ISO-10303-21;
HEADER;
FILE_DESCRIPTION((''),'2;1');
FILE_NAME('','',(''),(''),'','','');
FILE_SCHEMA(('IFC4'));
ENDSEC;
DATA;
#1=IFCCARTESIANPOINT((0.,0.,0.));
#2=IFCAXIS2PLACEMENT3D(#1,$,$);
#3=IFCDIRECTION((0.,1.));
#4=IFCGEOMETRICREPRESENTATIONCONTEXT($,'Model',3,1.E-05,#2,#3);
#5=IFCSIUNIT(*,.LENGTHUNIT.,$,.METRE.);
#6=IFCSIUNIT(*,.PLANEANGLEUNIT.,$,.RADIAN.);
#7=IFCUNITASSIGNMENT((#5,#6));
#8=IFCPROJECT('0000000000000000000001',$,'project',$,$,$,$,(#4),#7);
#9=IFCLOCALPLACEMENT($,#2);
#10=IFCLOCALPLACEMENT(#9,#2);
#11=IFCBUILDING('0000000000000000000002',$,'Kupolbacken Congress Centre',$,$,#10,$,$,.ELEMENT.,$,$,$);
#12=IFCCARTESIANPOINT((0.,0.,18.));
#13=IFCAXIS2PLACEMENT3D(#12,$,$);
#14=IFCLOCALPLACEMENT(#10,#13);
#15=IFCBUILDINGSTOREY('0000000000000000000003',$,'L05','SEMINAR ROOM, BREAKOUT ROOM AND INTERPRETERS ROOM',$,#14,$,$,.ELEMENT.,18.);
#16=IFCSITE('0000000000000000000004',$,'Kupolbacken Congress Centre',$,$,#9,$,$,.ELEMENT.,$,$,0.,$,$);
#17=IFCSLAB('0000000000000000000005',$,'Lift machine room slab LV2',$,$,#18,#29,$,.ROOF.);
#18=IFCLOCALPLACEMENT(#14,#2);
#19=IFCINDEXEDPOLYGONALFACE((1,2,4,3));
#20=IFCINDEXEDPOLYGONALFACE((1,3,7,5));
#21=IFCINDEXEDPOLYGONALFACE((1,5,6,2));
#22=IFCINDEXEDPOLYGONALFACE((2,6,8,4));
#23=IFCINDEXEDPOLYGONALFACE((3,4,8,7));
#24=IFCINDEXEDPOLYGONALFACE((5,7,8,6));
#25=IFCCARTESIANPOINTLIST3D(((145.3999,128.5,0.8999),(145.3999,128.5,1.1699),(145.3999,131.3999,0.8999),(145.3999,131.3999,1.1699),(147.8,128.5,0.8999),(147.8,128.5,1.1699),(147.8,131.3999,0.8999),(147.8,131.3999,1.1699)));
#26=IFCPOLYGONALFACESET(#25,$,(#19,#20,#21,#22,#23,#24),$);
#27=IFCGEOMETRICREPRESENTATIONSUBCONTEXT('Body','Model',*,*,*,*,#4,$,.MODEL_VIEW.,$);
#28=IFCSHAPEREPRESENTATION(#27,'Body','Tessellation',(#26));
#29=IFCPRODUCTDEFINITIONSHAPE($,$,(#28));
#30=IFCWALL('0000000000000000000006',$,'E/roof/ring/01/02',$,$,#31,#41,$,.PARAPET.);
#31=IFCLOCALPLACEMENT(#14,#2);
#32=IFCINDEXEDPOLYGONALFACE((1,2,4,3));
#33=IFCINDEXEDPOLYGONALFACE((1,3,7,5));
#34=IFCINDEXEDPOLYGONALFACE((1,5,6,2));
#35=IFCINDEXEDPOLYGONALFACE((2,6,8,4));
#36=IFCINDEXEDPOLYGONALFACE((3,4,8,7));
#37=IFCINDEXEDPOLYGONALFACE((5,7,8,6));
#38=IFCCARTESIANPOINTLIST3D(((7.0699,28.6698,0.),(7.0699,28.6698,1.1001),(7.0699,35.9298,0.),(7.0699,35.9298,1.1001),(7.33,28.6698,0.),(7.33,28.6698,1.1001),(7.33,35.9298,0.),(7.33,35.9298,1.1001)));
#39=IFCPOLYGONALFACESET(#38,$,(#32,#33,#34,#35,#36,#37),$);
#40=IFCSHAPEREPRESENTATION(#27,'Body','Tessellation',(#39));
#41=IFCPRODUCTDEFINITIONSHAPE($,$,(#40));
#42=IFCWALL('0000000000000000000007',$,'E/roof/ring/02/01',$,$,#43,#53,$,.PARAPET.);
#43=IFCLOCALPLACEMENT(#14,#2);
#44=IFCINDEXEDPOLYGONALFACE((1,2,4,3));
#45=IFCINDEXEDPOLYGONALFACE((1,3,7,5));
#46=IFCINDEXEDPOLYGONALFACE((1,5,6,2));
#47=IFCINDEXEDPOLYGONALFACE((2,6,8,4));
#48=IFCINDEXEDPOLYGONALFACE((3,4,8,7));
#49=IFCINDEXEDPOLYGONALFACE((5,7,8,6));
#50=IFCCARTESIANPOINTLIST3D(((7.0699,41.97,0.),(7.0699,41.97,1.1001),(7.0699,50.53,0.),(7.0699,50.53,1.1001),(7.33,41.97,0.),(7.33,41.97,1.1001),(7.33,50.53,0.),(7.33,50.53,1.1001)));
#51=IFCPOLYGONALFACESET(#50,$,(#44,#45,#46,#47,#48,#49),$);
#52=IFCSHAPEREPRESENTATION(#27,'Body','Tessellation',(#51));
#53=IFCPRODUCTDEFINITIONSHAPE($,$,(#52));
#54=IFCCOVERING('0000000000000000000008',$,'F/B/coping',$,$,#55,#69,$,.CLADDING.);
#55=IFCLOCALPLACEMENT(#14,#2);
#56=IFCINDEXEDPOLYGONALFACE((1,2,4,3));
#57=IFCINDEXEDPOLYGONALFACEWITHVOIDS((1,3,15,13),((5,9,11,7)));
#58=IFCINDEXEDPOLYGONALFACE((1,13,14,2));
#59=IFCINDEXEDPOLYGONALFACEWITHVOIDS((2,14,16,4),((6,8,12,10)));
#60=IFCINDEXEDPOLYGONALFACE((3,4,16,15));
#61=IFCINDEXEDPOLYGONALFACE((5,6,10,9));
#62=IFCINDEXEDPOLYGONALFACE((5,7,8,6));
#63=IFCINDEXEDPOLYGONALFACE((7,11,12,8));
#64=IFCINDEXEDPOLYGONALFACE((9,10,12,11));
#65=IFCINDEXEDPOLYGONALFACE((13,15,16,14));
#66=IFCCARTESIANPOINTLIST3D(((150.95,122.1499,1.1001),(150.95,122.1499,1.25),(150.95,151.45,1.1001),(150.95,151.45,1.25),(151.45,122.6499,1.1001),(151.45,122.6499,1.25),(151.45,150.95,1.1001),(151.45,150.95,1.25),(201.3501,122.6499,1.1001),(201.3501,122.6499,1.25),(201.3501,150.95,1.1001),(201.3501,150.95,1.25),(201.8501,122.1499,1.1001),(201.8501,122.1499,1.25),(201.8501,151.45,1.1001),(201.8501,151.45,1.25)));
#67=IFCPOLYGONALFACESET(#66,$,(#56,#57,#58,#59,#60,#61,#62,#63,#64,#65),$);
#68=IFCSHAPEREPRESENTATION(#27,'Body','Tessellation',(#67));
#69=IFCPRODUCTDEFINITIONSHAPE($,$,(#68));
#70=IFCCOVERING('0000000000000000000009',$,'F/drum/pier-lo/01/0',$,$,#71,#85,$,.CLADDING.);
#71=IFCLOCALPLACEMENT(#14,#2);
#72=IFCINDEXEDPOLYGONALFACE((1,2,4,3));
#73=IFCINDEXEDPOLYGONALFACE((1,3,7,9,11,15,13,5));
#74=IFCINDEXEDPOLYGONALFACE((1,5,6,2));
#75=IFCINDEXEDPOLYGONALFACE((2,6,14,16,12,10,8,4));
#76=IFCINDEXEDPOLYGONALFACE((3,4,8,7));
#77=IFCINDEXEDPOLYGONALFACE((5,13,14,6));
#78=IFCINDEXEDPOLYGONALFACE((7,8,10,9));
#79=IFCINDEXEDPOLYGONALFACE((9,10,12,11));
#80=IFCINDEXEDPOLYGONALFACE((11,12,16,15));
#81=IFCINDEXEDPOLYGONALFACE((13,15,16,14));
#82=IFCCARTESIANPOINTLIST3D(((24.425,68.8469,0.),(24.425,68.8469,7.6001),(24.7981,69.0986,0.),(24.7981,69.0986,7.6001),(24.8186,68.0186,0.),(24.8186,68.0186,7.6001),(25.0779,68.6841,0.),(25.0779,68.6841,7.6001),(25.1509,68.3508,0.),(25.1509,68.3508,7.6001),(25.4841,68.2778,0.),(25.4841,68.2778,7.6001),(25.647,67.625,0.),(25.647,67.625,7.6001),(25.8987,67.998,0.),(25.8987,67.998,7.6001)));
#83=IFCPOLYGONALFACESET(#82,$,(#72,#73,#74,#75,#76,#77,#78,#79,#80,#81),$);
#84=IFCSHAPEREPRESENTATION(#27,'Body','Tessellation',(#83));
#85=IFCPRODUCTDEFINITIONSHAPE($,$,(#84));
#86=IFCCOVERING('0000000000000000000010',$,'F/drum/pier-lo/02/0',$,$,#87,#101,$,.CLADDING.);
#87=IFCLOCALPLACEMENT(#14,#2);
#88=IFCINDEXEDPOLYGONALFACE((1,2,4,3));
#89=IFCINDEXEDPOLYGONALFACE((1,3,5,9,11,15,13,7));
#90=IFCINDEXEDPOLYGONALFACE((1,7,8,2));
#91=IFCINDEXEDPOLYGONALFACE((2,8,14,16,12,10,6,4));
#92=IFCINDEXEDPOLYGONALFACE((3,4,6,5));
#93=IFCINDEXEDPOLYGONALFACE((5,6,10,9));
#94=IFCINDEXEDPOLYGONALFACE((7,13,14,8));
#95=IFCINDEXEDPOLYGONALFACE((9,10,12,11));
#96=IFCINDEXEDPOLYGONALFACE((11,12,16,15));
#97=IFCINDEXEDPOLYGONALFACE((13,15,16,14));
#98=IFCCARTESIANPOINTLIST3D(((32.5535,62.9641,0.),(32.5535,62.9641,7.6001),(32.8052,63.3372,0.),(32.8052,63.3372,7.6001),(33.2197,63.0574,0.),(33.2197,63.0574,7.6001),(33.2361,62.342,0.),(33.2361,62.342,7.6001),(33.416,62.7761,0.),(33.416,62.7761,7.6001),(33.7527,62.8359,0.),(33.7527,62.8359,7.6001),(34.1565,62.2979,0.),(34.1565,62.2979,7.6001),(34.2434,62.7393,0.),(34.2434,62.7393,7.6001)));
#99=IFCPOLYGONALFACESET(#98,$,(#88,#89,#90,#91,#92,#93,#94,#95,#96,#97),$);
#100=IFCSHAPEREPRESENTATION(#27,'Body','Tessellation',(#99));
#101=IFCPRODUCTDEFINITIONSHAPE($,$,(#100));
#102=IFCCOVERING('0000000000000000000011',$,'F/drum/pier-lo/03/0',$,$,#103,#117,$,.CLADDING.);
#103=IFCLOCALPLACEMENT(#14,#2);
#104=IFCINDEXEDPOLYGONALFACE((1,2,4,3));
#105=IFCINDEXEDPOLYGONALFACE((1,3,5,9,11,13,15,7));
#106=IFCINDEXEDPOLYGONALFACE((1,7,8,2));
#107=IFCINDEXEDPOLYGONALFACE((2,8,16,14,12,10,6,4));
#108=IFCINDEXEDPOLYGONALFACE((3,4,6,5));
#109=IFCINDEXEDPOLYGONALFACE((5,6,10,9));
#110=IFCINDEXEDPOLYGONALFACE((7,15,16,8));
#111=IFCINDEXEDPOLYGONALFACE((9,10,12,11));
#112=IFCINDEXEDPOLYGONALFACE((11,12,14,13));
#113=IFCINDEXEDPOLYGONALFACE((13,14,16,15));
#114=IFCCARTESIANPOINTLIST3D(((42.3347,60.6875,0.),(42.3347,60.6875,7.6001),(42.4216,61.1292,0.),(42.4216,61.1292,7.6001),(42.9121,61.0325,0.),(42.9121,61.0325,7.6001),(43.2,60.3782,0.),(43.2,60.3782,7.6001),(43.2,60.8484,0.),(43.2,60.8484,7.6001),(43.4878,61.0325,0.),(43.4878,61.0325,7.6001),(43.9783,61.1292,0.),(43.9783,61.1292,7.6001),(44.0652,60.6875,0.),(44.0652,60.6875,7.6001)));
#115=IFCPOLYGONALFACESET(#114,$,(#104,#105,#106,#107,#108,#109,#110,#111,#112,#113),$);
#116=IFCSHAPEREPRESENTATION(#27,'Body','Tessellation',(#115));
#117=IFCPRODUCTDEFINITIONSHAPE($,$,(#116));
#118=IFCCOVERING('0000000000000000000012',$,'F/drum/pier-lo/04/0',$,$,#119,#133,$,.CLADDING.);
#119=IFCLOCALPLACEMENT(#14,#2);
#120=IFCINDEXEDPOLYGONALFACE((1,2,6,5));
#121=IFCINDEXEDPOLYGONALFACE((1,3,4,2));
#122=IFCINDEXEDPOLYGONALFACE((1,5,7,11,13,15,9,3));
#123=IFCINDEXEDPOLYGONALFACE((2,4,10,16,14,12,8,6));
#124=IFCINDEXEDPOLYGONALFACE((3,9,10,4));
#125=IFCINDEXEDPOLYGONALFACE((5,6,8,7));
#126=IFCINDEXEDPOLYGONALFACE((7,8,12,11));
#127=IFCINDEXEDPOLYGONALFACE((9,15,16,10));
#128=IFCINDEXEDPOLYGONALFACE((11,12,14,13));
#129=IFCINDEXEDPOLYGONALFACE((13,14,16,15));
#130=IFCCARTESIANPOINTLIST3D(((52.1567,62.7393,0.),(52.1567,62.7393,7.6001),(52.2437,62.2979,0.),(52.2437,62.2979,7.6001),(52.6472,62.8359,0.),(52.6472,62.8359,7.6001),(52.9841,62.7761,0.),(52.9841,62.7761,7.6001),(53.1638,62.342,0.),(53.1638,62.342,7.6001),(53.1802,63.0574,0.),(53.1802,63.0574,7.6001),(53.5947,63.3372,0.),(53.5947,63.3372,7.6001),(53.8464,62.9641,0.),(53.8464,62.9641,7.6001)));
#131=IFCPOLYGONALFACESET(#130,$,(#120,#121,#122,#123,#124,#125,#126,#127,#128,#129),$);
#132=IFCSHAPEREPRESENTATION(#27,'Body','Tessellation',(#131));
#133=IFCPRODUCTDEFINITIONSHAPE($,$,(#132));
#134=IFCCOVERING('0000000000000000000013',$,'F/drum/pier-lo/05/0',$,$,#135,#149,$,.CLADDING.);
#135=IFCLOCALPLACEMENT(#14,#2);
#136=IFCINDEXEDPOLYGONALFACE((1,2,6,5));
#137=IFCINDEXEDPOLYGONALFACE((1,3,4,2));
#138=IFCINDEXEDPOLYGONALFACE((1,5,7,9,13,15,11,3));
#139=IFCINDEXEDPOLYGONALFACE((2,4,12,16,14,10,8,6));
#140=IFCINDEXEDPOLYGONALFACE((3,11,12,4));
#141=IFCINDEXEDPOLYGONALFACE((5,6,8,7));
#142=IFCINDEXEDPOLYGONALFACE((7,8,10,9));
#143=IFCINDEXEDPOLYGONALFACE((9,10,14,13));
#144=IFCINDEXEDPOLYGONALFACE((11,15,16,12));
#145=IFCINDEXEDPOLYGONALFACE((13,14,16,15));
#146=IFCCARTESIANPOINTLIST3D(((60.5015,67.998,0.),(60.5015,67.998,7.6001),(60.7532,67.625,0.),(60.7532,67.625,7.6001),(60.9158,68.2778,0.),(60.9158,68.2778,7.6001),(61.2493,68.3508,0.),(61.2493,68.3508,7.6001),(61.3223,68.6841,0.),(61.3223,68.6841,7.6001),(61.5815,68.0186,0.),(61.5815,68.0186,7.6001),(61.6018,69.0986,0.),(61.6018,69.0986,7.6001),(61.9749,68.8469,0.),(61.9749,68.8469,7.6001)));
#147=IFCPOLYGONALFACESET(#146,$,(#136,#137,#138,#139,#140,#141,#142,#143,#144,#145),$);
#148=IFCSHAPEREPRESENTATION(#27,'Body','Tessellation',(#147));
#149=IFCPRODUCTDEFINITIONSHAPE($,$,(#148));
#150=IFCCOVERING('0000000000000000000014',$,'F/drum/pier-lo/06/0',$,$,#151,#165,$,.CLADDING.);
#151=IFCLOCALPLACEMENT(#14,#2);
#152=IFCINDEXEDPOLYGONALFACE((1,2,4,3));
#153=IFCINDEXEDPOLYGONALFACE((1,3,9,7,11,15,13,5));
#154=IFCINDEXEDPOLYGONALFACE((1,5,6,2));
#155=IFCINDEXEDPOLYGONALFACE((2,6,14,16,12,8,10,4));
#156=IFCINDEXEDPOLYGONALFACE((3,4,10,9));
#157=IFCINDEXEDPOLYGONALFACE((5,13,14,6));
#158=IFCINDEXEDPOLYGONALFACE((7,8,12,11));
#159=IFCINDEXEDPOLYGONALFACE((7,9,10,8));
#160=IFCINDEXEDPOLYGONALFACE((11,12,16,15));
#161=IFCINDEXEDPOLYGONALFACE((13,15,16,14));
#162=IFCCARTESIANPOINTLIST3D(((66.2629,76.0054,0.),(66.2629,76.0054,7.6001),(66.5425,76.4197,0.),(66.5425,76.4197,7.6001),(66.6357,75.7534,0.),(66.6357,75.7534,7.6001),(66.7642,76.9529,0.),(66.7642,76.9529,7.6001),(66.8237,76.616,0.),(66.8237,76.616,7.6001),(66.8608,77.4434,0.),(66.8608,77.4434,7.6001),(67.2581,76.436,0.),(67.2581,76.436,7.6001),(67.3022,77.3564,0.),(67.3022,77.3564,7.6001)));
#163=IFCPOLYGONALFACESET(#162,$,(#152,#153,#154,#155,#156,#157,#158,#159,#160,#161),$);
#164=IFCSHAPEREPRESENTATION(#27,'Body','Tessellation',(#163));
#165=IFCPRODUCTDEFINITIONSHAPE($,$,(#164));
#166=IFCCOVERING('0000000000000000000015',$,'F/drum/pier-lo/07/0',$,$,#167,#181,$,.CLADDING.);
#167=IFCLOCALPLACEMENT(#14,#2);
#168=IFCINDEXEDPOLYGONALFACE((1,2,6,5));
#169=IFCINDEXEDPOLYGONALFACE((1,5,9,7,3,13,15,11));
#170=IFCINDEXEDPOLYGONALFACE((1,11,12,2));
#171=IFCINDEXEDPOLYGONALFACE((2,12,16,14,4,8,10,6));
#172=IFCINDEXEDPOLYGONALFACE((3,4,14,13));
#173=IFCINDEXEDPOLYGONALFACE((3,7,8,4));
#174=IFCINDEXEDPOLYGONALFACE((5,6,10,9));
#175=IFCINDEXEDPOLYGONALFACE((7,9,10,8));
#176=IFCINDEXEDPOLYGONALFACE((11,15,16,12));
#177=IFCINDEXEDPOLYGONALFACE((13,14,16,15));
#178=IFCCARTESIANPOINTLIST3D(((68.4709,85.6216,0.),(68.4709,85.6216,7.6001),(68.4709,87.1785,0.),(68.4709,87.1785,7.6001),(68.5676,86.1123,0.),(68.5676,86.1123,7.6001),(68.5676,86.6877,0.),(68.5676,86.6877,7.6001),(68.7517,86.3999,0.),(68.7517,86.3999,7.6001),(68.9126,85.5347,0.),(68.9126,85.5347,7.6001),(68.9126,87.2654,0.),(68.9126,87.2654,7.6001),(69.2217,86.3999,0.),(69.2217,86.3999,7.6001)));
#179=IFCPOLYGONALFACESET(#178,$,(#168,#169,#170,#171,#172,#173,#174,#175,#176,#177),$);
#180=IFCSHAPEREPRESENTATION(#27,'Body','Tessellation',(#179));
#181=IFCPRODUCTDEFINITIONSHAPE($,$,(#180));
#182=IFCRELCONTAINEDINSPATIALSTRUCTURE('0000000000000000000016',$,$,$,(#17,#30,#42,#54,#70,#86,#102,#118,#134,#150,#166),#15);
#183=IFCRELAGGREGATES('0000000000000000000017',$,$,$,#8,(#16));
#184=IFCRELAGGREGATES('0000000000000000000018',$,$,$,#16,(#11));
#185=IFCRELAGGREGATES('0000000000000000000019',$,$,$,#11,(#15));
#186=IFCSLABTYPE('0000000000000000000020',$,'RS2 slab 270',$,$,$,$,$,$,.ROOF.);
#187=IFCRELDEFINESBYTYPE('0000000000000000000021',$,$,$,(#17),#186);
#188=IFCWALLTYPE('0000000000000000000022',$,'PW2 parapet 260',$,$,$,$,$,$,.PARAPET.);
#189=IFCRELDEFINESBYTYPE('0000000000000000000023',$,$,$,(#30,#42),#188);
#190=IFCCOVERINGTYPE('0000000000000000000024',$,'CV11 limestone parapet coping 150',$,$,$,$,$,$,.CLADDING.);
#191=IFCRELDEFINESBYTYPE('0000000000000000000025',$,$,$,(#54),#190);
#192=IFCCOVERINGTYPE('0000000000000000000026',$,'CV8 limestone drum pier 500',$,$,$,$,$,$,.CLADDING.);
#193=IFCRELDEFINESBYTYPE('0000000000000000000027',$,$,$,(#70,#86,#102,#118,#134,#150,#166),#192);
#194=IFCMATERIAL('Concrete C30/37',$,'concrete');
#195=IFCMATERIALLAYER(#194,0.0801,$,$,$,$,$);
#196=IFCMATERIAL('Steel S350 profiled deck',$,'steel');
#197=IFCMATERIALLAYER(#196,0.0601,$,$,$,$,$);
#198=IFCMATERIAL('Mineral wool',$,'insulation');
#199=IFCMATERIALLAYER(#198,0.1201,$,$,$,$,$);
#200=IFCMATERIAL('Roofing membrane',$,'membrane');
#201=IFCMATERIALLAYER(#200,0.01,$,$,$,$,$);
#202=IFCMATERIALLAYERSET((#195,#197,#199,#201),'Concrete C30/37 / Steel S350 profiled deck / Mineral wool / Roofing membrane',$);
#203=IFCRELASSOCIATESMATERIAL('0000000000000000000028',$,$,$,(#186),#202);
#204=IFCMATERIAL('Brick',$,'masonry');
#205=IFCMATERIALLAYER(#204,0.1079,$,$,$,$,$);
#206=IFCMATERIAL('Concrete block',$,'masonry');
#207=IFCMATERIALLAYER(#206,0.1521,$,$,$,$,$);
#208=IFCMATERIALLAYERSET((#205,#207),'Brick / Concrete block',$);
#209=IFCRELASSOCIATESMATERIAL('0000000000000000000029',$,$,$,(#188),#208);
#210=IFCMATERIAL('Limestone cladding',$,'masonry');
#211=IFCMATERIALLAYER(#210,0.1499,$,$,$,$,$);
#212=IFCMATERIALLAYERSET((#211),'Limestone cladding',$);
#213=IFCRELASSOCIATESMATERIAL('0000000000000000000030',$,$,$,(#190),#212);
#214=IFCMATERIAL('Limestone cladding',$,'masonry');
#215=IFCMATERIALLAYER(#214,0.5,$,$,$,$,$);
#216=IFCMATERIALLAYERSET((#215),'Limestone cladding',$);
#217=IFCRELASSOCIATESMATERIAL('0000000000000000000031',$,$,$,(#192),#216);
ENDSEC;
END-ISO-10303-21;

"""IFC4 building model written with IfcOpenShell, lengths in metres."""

from ifc_helpers import new_model, si_unit, direction, frame, frame_2d, origin, place, context, subcontext, project, spatial, polyline, rectangle, outline, extrude, material, layer, layer_set, type_object, element, save


model = new_model("IFC4")

# Units and contexts
model_context = context("Model", 3, precision=1e-05, world=origin(), true_north=direction((0.0, 1.0)))
body_context = subcontext(model_context, "Body", "Model", "MODEL_VIEW")
ifc_project = project(units=[si_unit("LENGTHUNIT", "METRE"), si_unit("PLANEANGLEUNIT", "RADIAN")], contexts=[model_context])

# Site, building, storey
site_placement = place(None, origin())
site = spatial("IfcSite", under=ifc_project, at=site_placement, Name="Kupolbacken Congress Centre", CompositionType="ELEMENT", RefElevation=0.0)
building_placement = place(site_placement, origin())
building = spatial("IfcBuilding", under=site, at=building_placement, Name="Kupolbacken Congress Centre", CompositionType="ELEMENT")
storey_placement = place(building_placement, frame((0.0, 0.0, 18.0)))
storey = spatial("IfcBuildingStorey", under=building, at=storey_placement, Name="L05", Description="SEMINAR ROOM, BREAKOUT ROOM AND INTERPRETERS ROOM", CompositionType="ELEMENT", Elevation=18.0)

# Slab
ifc_material_1 = material(Name="Concrete C30/37", Category="concrete")
ifc_layer_1 = layer(ifc_material_1, 0.0801)
ifc_material_2 = material(Name="Steel S350 profiled deck", Category="steel")
ifc_layer_2 = layer(ifc_material_2, 0.0601)
ifc_material_3 = material(Name="Mineral wool", Category="insulation")
ifc_layer_3 = layer(ifc_material_3, 0.1201)
ifc_material_4 = material(Name="Roofing membrane", Category="membrane")
ifc_layer_4 = layer(ifc_material_4, 0.01)
ifc_layer_set_1 = layer_set([ifc_layer_1, ifc_layer_2, ifc_layer_3, ifc_layer_4], Name="Concrete C30/37 / Steel S350 profiled deck / Mineral wool / Roofing membrane")
slab_type = type_object("IfcSlabType", Name="RS2 slab 270", PredefinedType="ROOF", material=ifc_layer_set_1)
slab_placement = place(storey_placement, frame((0.0, 0.0, 0.8999)))
element("IfcSlab", 1, at=slab_placement, inside=storey, type_object=slab_type, Name="Lift machine room slab LV2", PredefinedType="ROOF", context=body_context, shape_type="SweptSolid", body=[
    extrude(outline(polyline([(145.3999, 128.5), (147.8, 128.5), (147.8, 131.3999), (145.3999, 131.3999), (145.3999, 128.5)])), origin(), (0.0, 0.0, 1.0), 0.27),
])

# Walls
ifc_material_5 = material(Name="Brick", Category="masonry")
ifc_layer_5 = layer(ifc_material_5, 0.1079)
ifc_material_6 = material(Name="Concrete block", Category="masonry")
ifc_layer_6 = layer(ifc_material_6, 0.1521)
ifc_layer_set_2 = layer_set([ifc_layer_5, ifc_layer_6], Name="Brick / Concrete block")
wall_type = type_object("IfcWallType", Name="PW2 parapet 260", PredefinedType="PARAPET", material=ifc_layer_set_2)
wall_1_placement = place(storey_placement, frame((7.2, 28.6699, 0.0), z_axis=(0.0, 0.0, 1.0), x_axis=(0.0, 1.0, 0.0)))
element("IfcWall", 2, at=wall_1_placement, inside=storey, type_object=wall_type, Name="E/roof/ring/01/02", PredefinedType="PARAPET", context=body_context, shape_type="SweptSolid", body=[
    extrude(rectangle(XDim=7.26, YDim=0.26, at=frame_2d((3.6299, 0.0))), origin(), (0.0, 0.0, 1.0), 1.1001),
])
wall_2_placement = place(storey_placement, frame((7.2, 41.97, 0.0), z_axis=(0.0, 0.0, 1.0), x_axis=(0.0, 1.0, 0.0)))
element("IfcWall", 3, at=wall_2_placement, inside=storey, type_object=wall_type, Name="E/roof/ring/02/01", PredefinedType="PARAPET", context=body_context, shape_type="SweptSolid", body=[
    extrude(rectangle(XDim=8.5601, YDim=0.26, at=frame_2d((4.28, 0.0))), origin(), (0.0, 0.0, 1.0), 1.1001),
])

# Coverings
ifc_material_7 = material(Name="Limestone cladding", Category="masonry")
ifc_layer_7 = layer(ifc_material_7, 0.1499)
ifc_layer_set_3 = layer_set([ifc_layer_7], Name="Limestone cladding")
covering_type_1 = type_object("IfcCoveringType", Name="CV11 limestone parapet coping 150", PredefinedType="CLADDING", material=ifc_layer_set_3)
covering_1_placement = place(storey_placement, frame((0.0, 0.0, 1.1001)))
element("IfcCovering", 4, at=covering_1_placement, inside=storey, type_object=covering_type_1, Name="F/B/coping", PredefinedType="CLADDING", context=body_context, shape_type="SweptSolid", body=[
    extrude(outline(polyline([(150.95, 122.1499), (201.8501, 122.1499), (201.8501, 151.45), (150.95, 151.45), (150.95, 122.1499)]), holes=[polyline([(151.45, 122.6499), (151.45, 150.95), (201.3501, 150.95), (201.3501, 122.6499), (151.45, 122.6499)])]), origin(), (0.0, 0.0, 1.0), 0.1499),
])
ifc_material_8 = material(Name="Limestone cladding", Category="masonry")
ifc_layer_8 = layer(ifc_material_8, 0.5)
ifc_layer_set_4 = layer_set([ifc_layer_8], Name="Limestone cladding")
covering_type_2 = type_object("IfcCoveringType", Name="CV8 limestone drum pier 500", PredefinedType="CLADDING", material=ifc_layer_set_4)
covering_2_placement = place(storey_placement, origin())
element("IfcCovering", 5, at=covering_2_placement, inside=storey, type_object=covering_type_2, Name="F/drum/pier-lo/01/0", PredefinedType="CLADDING", context=body_context, shape_type="SweptSolid", body=[
    extrude(outline(polyline([(24.425, 68.8469), (24.8186, 68.0186), (25.647, 67.625), (25.8987, 67.998), (25.4841, 68.2778), (25.1509, 68.3508), (25.0779, 68.6841), (24.7981, 69.0986), (24.425, 68.8469)])), origin(), (0.0, 0.0, 1.0), 7.6001),
])
covering_3_placement = place(storey_placement, origin())
element("IfcCovering", 6, at=covering_3_placement, inside=storey, type_object=covering_type_2, Name="F/drum/pier-lo/02/0", PredefinedType="CLADDING", context=body_context, shape_type="SweptSolid", body=[
    extrude(outline(polyline([(32.5535, 62.9641), (33.2361, 62.342), (34.1565, 62.2979), (34.2434, 62.7393), (33.7527, 62.8359), (33.416, 62.7761), (33.2197, 63.0574), (32.8052, 63.3372), (32.5535, 62.9641)])), origin(), (0.0, 0.0, 1.0), 7.6001),
])
covering_4_placement = place(storey_placement, origin())
element("IfcCovering", 7, at=covering_4_placement, inside=storey, type_object=covering_type_2, Name="F/drum/pier-lo/03/0", PredefinedType="CLADDING", context=body_context, shape_type="SweptSolid", body=[
    extrude(outline(polyline([(42.3347, 60.6875), (43.2, 60.3782), (44.0652, 60.6875), (43.9783, 61.1292), (43.4878, 61.0325), (43.2, 60.8484), (42.9121, 61.0325), (42.4216, 61.1292), (42.3347, 60.6875)])), origin(), (0.0, 0.0, 1.0), 7.6001),
])
covering_5_placement = place(storey_placement, origin())
element("IfcCovering", 8, at=covering_5_placement, inside=storey, type_object=covering_type_2, Name="F/drum/pier-lo/04/0", PredefinedType="CLADDING", context=body_context, shape_type="SweptSolid", body=[
    extrude(outline(polyline([(52.2437, 62.2979), (53.1638, 62.342), (53.8464, 62.9641), (53.5947, 63.3372), (53.1802, 63.0574), (52.9841, 62.7761), (52.6472, 62.8359), (52.1567, 62.7393), (52.2437, 62.2979)])), origin(), (0.0, 0.0, 1.0), 7.6001),
])
covering_6_placement = place(storey_placement, origin())
element("IfcCovering", 9, at=covering_6_placement, inside=storey, type_object=covering_type_2, Name="F/drum/pier-lo/05/0", PredefinedType="CLADDING", context=body_context, shape_type="SweptSolid", body=[
    extrude(outline(polyline([(60.7532, 67.625), (61.5815, 68.0186), (61.9749, 68.8469), (61.6018, 69.0986), (61.3223, 68.6841), (61.2493, 68.3508), (60.9158, 68.2778), (60.5015, 67.998), (60.7532, 67.625)])), origin(), (0.0, 0.0, 1.0), 7.6001),
])
covering_7_placement = place(storey_placement, origin())
element("IfcCovering", 10, at=covering_7_placement, inside=storey, type_object=covering_type_2, Name="F/drum/pier-lo/06/0", PredefinedType="CLADDING", context=body_context, shape_type="SweptSolid", body=[
    extrude(outline(polyline([(66.6357, 75.7534), (67.2581, 76.436), (67.3022, 77.3564), (66.8608, 77.4434), (66.7642, 76.9529), (66.8237, 76.616), (66.5425, 76.4197), (66.2629, 76.0054), (66.6357, 75.7534)])), origin(), (0.0, 0.0, 1.0), 7.6001),
])
covering_8_placement = place(storey_placement, origin())
element("IfcCovering", 11, at=covering_8_placement, inside=storey, type_object=covering_type_2, Name="F/drum/pier-lo/07/0", PredefinedType="CLADDING", context=body_context, shape_type="SweptSolid", body=[
    extrude(outline(polyline([(68.9126, 85.5347), (69.2217, 86.3999), (68.9126, 87.2654), (68.4709, 87.1785), (68.5676, 86.6877), (68.7517, 86.3999), (68.5676, 86.1123), (68.4709, 85.6216), (68.9126, 85.5347)])), origin(), (0.0, 0.0, 1.0), 7.6001),
])

save(model, "model.ifc")
